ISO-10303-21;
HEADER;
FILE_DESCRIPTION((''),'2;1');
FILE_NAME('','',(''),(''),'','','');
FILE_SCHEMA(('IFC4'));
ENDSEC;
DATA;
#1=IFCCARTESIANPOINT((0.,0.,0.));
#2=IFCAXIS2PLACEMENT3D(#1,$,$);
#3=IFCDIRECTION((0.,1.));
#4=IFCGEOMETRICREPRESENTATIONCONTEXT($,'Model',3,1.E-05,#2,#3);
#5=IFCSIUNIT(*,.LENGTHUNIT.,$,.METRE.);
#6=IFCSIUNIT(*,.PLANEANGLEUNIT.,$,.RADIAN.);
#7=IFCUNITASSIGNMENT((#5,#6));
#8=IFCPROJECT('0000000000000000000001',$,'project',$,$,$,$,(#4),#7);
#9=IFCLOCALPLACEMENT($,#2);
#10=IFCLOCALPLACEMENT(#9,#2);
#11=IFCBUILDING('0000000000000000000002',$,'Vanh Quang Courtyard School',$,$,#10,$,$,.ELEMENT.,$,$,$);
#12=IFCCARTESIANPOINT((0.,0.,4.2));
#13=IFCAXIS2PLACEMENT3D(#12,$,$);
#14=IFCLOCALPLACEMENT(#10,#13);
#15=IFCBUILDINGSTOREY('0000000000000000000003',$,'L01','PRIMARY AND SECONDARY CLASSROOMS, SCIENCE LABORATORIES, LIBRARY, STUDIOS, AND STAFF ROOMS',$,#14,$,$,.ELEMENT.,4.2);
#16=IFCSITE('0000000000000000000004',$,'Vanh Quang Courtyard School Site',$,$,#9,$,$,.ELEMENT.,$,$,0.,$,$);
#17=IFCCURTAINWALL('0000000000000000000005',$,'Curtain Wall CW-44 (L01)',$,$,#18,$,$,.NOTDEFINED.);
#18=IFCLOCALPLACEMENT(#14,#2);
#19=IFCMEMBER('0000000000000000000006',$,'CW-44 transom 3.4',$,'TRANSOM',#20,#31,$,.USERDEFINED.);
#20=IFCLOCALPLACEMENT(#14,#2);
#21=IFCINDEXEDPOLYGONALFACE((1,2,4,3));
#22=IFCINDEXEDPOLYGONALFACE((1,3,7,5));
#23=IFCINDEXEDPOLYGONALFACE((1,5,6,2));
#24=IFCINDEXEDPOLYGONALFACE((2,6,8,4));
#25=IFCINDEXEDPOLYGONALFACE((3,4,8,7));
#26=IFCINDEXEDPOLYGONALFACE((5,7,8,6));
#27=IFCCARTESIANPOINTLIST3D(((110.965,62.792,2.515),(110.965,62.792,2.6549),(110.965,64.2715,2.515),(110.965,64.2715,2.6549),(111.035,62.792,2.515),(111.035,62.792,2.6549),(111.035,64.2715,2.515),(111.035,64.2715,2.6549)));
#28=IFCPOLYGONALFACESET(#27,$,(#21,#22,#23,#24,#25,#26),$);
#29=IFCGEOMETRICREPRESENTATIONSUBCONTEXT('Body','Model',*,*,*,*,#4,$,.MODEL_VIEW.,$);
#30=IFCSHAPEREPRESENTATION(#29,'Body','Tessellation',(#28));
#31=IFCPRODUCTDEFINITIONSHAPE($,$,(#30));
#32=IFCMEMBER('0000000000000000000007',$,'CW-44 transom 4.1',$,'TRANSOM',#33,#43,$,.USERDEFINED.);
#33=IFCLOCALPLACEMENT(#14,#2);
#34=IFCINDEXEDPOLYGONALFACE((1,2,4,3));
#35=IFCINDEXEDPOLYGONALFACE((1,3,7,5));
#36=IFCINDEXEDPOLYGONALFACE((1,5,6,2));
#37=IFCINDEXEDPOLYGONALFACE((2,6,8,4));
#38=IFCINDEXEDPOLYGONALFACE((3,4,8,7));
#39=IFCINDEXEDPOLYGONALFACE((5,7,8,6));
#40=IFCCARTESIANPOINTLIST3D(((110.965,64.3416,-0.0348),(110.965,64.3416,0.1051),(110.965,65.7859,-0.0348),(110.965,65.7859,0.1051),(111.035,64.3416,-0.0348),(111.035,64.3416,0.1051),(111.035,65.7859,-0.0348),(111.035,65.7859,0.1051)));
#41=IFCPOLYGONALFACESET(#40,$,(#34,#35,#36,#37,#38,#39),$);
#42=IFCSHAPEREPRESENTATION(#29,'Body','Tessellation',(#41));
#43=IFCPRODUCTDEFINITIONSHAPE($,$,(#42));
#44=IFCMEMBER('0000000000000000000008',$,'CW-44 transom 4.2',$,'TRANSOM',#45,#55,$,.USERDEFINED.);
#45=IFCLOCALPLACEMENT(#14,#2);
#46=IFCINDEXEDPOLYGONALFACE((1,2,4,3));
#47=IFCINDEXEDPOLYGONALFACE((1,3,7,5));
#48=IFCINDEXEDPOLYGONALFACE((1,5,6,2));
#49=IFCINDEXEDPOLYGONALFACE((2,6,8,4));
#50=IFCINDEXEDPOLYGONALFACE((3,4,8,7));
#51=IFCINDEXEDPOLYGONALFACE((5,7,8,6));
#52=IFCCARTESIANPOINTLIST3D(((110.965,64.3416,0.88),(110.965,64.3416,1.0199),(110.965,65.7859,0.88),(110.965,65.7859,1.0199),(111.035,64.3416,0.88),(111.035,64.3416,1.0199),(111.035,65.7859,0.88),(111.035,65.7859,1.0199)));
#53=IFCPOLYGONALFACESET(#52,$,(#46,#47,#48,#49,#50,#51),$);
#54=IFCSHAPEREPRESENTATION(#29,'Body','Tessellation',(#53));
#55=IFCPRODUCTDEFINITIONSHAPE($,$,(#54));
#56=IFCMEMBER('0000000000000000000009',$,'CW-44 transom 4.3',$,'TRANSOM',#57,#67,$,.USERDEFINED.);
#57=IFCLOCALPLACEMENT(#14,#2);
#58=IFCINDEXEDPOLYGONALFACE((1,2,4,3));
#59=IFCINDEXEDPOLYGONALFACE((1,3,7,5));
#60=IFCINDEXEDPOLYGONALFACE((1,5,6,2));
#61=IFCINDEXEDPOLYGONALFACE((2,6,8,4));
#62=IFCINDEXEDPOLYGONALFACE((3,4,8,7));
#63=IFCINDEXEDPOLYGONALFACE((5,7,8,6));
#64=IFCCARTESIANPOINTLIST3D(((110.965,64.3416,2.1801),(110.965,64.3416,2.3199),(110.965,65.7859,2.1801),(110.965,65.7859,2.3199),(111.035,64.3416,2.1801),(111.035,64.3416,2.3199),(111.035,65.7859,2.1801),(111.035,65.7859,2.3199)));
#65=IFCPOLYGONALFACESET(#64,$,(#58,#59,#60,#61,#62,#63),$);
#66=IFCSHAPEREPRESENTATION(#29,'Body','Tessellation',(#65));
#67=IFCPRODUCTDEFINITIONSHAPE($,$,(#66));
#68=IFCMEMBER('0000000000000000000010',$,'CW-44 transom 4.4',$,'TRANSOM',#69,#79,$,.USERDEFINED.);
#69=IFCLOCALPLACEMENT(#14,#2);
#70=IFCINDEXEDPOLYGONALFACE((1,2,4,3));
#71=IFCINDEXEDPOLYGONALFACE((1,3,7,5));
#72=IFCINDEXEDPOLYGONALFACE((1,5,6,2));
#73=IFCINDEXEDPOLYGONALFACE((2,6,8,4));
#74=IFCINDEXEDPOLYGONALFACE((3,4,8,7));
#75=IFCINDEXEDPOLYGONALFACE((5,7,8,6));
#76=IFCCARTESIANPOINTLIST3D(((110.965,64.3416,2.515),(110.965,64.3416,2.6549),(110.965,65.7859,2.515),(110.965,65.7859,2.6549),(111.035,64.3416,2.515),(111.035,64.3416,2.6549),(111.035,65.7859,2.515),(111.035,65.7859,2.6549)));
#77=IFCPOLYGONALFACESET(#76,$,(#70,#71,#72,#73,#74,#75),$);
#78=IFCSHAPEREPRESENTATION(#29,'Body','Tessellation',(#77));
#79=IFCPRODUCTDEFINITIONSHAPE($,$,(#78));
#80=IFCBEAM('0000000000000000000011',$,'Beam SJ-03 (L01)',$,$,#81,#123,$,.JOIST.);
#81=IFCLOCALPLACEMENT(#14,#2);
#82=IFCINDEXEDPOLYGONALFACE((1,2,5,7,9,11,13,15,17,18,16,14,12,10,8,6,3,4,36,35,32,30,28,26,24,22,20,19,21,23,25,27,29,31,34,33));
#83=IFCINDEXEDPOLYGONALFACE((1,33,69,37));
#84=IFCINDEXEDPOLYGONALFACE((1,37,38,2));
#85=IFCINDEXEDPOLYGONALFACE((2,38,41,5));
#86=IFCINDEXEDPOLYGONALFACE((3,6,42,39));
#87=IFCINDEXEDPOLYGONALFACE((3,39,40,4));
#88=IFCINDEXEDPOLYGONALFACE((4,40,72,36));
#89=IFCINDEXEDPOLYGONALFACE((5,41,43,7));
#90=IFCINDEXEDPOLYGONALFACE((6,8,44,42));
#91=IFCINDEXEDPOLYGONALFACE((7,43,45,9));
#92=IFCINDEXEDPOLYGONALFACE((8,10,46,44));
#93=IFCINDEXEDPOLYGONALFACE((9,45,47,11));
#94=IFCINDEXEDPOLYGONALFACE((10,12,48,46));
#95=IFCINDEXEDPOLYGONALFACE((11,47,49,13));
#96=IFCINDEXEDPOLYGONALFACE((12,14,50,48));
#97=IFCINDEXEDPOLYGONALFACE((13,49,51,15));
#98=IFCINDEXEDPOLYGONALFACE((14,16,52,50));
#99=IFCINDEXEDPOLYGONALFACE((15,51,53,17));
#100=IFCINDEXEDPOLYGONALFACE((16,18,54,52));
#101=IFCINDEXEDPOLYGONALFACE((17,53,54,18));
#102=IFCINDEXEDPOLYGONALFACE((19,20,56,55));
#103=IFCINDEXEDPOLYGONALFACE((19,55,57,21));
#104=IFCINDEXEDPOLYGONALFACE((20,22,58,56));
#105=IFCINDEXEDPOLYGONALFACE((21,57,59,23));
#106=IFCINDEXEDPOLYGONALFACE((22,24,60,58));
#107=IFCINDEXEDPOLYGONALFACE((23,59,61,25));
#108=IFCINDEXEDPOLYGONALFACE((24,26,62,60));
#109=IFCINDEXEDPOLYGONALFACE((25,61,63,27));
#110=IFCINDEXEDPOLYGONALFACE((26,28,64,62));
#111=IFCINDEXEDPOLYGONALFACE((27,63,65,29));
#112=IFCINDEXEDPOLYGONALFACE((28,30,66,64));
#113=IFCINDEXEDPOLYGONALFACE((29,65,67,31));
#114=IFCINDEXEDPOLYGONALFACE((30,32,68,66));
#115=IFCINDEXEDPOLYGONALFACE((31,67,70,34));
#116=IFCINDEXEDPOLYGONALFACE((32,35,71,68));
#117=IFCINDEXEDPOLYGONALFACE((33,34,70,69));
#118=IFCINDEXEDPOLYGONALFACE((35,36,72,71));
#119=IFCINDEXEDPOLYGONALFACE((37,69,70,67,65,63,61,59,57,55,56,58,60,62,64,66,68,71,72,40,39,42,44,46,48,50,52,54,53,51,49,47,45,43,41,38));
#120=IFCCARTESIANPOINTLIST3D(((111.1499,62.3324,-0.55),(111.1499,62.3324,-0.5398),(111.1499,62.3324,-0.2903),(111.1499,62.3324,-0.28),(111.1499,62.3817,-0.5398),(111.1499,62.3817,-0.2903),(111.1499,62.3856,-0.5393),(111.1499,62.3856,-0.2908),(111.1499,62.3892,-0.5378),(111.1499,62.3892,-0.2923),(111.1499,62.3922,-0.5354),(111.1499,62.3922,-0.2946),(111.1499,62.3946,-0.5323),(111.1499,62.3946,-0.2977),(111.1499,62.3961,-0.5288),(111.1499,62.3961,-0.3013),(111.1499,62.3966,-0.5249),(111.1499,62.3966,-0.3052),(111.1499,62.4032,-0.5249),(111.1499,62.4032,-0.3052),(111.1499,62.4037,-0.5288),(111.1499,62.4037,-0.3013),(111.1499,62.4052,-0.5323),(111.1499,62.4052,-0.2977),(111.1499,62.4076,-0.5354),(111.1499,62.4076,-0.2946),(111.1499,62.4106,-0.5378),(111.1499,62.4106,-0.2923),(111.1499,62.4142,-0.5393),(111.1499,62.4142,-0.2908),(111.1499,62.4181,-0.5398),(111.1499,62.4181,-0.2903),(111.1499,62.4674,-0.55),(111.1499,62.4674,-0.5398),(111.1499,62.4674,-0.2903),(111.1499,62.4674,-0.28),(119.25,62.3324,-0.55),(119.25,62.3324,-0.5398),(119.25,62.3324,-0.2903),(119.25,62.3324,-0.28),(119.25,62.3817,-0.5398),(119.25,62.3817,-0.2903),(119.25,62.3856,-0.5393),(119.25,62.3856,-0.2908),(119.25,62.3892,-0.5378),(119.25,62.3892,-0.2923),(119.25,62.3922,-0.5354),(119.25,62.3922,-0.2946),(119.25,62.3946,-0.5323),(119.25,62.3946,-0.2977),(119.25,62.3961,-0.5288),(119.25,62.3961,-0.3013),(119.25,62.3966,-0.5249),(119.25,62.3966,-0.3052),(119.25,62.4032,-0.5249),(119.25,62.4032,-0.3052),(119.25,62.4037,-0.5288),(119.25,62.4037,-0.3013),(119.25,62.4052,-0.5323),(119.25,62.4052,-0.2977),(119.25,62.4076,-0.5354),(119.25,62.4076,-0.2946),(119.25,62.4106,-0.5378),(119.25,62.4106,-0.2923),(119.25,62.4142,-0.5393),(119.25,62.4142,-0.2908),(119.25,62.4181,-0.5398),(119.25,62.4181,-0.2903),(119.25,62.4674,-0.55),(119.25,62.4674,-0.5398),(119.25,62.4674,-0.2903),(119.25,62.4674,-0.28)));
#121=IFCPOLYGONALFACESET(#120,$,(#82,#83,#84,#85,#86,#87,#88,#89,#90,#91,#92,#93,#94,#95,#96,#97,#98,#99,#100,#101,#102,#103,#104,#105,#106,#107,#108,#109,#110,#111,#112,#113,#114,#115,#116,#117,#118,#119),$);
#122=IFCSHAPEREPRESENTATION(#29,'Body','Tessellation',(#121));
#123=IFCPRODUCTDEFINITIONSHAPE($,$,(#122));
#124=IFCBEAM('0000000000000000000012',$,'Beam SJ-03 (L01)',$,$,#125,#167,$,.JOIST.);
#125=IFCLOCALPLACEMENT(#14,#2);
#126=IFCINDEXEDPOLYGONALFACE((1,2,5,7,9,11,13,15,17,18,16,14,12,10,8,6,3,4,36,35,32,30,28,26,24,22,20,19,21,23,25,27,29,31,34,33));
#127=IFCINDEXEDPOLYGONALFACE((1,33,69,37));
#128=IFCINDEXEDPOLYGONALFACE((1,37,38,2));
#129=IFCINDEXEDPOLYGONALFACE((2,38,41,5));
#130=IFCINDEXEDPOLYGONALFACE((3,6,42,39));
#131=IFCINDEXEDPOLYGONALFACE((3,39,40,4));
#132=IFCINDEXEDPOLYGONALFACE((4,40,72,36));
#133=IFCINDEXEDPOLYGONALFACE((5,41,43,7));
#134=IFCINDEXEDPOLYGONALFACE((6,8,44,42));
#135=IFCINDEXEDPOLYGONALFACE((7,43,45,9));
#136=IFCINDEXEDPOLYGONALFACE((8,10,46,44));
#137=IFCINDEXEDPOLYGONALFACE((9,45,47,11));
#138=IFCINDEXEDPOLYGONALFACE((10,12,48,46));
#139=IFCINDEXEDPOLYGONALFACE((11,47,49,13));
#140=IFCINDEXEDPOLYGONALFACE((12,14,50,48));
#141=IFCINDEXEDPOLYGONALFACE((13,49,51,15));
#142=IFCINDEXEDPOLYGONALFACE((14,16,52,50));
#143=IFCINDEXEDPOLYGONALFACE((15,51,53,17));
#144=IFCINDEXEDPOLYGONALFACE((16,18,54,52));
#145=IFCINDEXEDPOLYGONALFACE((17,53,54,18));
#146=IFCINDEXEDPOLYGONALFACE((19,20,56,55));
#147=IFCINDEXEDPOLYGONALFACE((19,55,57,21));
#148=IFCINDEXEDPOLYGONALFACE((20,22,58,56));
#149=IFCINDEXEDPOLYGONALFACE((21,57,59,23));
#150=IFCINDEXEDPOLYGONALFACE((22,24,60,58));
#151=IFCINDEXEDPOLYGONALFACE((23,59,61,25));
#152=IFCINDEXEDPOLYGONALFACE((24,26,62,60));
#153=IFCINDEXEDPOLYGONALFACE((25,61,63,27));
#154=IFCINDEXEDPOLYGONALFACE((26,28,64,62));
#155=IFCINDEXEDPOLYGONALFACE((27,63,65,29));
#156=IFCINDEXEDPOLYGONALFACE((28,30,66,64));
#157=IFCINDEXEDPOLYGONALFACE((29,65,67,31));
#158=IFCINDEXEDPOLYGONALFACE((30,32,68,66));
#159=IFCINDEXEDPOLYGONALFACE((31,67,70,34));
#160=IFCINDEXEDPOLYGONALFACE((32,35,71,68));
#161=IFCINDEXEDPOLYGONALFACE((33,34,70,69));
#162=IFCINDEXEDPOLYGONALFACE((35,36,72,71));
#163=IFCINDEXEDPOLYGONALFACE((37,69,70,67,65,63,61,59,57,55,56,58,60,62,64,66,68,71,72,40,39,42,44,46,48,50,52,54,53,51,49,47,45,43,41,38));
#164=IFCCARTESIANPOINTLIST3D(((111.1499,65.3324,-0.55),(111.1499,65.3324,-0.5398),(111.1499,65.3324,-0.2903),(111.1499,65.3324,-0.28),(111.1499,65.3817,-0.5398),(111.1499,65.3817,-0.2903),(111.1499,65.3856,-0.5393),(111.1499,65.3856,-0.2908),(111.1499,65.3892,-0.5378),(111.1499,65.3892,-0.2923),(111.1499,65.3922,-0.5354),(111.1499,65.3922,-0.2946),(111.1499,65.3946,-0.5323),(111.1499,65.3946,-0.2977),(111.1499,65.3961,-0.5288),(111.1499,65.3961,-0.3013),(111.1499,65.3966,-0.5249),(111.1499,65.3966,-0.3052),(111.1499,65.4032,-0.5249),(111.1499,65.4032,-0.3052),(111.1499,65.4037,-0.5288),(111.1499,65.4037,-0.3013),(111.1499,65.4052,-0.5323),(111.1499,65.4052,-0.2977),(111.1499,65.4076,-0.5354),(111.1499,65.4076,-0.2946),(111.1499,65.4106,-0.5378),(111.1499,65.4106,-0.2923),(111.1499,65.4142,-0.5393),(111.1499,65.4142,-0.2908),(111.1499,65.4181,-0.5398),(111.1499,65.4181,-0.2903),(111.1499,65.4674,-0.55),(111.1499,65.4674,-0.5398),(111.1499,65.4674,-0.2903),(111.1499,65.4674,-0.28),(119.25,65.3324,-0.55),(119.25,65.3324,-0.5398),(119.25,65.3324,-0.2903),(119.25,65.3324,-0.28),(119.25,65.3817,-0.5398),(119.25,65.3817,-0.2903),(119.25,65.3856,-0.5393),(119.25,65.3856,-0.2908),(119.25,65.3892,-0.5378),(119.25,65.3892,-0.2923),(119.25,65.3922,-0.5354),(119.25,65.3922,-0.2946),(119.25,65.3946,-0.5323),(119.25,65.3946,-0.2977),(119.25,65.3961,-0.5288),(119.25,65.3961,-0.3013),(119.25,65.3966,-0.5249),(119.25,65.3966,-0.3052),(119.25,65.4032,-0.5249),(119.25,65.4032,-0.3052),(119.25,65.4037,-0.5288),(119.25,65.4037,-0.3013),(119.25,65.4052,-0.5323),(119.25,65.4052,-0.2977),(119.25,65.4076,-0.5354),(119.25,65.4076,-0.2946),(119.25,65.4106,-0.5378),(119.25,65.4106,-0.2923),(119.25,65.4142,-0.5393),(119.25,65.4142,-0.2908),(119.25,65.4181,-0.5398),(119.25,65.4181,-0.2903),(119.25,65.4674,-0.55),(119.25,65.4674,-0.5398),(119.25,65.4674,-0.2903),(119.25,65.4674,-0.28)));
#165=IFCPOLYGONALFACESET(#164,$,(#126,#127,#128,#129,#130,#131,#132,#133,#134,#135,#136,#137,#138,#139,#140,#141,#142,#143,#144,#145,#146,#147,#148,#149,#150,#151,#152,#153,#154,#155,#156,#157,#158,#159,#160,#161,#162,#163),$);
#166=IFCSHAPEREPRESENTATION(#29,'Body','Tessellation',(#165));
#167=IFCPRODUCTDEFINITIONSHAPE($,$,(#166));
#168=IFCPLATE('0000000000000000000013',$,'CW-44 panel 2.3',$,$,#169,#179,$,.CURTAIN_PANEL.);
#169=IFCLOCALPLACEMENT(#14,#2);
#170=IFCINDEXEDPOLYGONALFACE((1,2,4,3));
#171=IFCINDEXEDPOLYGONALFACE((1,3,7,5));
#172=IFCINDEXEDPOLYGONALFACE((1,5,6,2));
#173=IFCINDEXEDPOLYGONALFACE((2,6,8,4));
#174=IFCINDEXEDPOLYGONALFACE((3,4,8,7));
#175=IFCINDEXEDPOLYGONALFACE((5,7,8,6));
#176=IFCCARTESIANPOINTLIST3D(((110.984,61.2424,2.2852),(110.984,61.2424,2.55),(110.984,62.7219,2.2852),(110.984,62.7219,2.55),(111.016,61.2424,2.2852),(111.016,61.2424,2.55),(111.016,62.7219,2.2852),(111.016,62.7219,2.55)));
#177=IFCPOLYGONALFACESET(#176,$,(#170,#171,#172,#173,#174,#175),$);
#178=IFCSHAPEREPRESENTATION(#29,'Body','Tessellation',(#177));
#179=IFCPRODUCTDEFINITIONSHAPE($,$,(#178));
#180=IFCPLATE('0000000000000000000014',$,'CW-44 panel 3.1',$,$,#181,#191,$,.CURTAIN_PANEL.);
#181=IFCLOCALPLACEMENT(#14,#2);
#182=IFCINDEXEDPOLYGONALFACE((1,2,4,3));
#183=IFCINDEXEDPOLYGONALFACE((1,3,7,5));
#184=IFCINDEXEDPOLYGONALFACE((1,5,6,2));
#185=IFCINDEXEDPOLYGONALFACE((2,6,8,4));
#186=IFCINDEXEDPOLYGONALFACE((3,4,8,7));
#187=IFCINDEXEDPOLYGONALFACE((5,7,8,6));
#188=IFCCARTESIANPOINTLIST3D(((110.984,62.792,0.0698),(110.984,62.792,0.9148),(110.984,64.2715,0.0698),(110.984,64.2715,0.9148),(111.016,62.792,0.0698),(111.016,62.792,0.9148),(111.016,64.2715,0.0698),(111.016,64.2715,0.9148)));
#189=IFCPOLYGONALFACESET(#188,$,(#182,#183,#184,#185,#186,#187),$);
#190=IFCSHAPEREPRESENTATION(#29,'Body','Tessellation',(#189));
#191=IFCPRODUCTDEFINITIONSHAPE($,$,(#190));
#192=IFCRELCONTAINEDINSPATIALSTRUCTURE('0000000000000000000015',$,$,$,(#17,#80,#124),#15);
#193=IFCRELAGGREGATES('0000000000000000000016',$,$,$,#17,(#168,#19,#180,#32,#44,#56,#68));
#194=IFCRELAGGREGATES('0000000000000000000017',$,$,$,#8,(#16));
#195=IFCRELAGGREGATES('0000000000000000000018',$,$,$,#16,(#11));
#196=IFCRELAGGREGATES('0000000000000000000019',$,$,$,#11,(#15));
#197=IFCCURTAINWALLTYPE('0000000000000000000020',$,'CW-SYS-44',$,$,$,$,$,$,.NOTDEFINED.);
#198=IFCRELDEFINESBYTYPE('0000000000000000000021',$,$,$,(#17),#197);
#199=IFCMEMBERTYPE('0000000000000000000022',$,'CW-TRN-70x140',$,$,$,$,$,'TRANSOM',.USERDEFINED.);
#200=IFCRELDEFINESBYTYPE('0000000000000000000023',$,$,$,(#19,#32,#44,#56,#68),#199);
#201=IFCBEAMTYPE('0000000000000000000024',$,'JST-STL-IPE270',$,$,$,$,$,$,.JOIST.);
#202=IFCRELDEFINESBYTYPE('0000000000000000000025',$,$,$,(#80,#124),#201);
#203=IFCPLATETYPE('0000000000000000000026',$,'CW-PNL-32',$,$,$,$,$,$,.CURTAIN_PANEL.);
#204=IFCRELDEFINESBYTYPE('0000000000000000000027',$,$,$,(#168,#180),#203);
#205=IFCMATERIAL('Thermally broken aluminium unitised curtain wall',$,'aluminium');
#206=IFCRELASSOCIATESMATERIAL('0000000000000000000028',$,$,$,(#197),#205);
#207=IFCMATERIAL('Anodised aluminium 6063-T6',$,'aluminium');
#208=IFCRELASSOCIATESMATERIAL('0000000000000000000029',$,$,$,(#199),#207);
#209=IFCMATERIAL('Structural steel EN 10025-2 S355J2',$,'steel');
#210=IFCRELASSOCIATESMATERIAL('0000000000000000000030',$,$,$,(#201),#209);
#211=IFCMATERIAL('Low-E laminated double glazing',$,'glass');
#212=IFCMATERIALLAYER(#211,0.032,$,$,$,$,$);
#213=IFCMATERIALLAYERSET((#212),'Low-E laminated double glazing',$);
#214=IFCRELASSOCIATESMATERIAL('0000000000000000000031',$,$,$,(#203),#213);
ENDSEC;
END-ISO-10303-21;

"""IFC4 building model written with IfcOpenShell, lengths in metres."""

from ifc_helpers import new_model, si_unit, direction, frame, origin, origin_2d, place, context, subcontext, project, spatial, rectangle, i_section, extrude, material, layer, layer_set, material_profile, profile_set, type_object, element, aggregate, save


model = new_model("IFC4")

# Units and contexts
model_context = context("Model", 3, precision=1e-05, world=origin(), true_north=direction((0.0, 1.0)))
body_context = subcontext(model_context, "Body", "Model", "MODEL_VIEW")
ifc_project = project(units=[si_unit("LENGTHUNIT", "METRE"), si_unit("PLANEANGLEUNIT", "RADIAN")], contexts=[model_context])

# Site, building, storey
site_placement = place(None, origin())
site = spatial("IfcSite", under=ifc_project, at=site_placement, Name="Vanh Quang Courtyard School Site", CompositionType="ELEMENT", RefElevation=0.0)
building_placement = place(site_placement, origin())
building = spatial("IfcBuilding", under=site, at=building_placement, Name="Vanh Quang Courtyard School", CompositionType="ELEMENT")
storey_placement = place(building_placement, frame((0.0, 0.0, 4.2)))
storey = spatial("IfcBuildingStorey", under=building, at=storey_placement, Name="L01", Description="PRIMARY AND SECONDARY CLASSROOMS, SCIENCE LABORATORIES, LIBRARY, STUDIOS, AND STAFF ROOMS", CompositionType="ELEMENT", Elevation=4.2)

# Curtain wall, members
ifc_material_1 = material(Name="Thermally broken aluminium unitised curtain wall", Category="aluminium")
curtain_wall_type = type_object("IfcCurtainWallType", Name="CW-SYS-44", PredefinedType="NOTDEFINED", material=ifc_material_1)
curtain_wall_placement = place(storey_placement, origin())
curtain_wall = element("IfcCurtainWall", 1, at=curtain_wall_placement, inside=storey, type_object=curtain_wall_type, Name="Curtain Wall CW-44 (L01)", PredefinedType="NOTDEFINED")
ifc_material_2 = material(Name="Anodised aluminium 6063-T6", Category="aluminium")
ifc_material_profile_1 = material_profile(ifc_material_2, rectangle(XDim=0.0701, YDim=0.1399, at=origin_2d()), Name="ALU-TRN 70x140")
ifc_profile_set_1 = profile_set([ifc_material_profile_1], Name="Anodised aluminium 6063-T6")
member_type_1 = type_object("IfcMemberType", Name="CW-TRN-70x140", ElementType="TRANSOM", PredefinedType="USERDEFINED", material=ifc_profile_set_1)
member_1_placement = place(storey_placement, frame((111.0, 62.792, 2.585), z_axis=(0.0, 1.0, 0.0), x_axis=(-1.0, 0.0, 0.0)))
member_1 = element("IfcMember", 2, at=member_1_placement, type_object=member_type_1, Name="CW-44 transom 3.4", ObjectType="TRANSOM", PredefinedType="USERDEFINED", context=body_context, shape_type="SweptSolid", body=[
    extrude(rectangle(XDim=0.0701, YDim=0.1399, at=origin_2d()), origin(), (0.0, 0.0, 1.0), 1.4795),
])
member_2_placement = place(storey_placement, frame((111.0, 64.3416, 0.0352), z_axis=(0.0, 1.0, 0.0), x_axis=(-1.0, 0.0, 0.0)))
member_2 = element("IfcMember", 3, at=member_2_placement, type_object=member_type_1, Name="CW-44 transom 4.1", ObjectType="TRANSOM", PredefinedType="USERDEFINED", context=body_context, shape_type="SweptSolid", body=[
    extrude(rectangle(XDim=0.0701, YDim=0.1399, at=origin_2d()), origin(), (0.0, 0.0, 1.0), 1.4443),
])
member_3_placement = place(storey_placement, frame((111.0, 64.3416, 0.95), z_axis=(0.0, 1.0, 0.0), x_axis=(-1.0, 0.0, 0.0)))
member_3 = element("IfcMember", 4, at=member_3_placement, type_object=member_type_1, Name="CW-44 transom 4.2", ObjectType="TRANSOM", PredefinedType="USERDEFINED", context=body_context, shape_type="SweptSolid", body=[
    extrude(rectangle(XDim=0.0701, YDim=0.1399, at=origin_2d()), origin(), (0.0, 0.0, 1.0), 1.4443),
])
member_4_placement = place(storey_placement, frame((111.0, 64.3416, 2.25), z_axis=(0.0, 1.0, 0.0), x_axis=(-1.0, 0.0, 0.0)))
member_4 = element("IfcMember", 5, at=member_4_placement, type_object=member_type_1, Name="CW-44 transom 4.3", ObjectType="TRANSOM", PredefinedType="USERDEFINED", context=body_context, shape_type="SweptSolid", body=[
    extrude(rectangle(XDim=0.0701, YDim=0.1399, at=origin_2d()), origin(), (0.0, 0.0, 1.0), 1.4443),
])
member_5_placement = place(storey_placement, frame((111.0, 64.3416, 2.585), z_axis=(0.0, 1.0, 0.0), x_axis=(-1.0, 0.0, 0.0)))
member_5 = element("IfcMember", 6, at=member_5_placement, type_object=member_type_1, Name="CW-44 transom 4.4", ObjectType="TRANSOM", PredefinedType="USERDEFINED", context=body_context, shape_type="SweptSolid", body=[
    extrude(rectangle(XDim=0.0701, YDim=0.1399, at=origin_2d()), origin(), (0.0, 0.0, 1.0), 1.4443),
])

# Beams
ifc_material_3 = material(Name="Structural steel EN 10025-2 S355J2", Category="steel")
ifc_material_profile_2 = material_profile(ifc_material_3, i_section(OverallWidth=0.135, OverallDepth=0.27, WebThickness=0.0066, FlangeThickness=0.0103, FilletRadius=0.0149, at=origin_2d()), Name="IPE 270")
ifc_profile_set_2 = profile_set([ifc_material_profile_2], Name="Structural steel EN 10025-2 S355J2")
beam_type_1 = type_object("IfcBeamType", Name="JST-STL-IPE270", PredefinedType="JOIST", material=ifc_profile_set_2)
for number, where, z_axis, x_axis, name in (
    (7, (111.1499, 62.3999, -0.415), (1.0, 0.0, 0.0), (0.0, 1.0, 0.0), "Beam SJ-03 (L01)"),
    (8, (111.1499, 65.3999, -0.415), (1.0, 0.0, 0.0), (0.0, 1.0, 0.0), "Beam SJ-03 (L01)"),
):
    element("IfcBeam", number, at=place(storey_placement, frame(where, z_axis=z_axis, x_axis=x_axis)), inside=storey, type_object=beam_type_1, Name=name, PredefinedType="JOIST", context=body_context, shape_type="SweptSolid", body=[
        extrude(i_section(OverallWidth=0.135, OverallDepth=0.27, WebThickness=0.0066, FlangeThickness=0.0103, FilletRadius=0.0149, at=origin_2d()), origin(), (0.0, 0.0, 1.0), 8.1001),
    ])

# Plates
ifc_material_4 = material(Name="Low-E laminated double glazing", Category="glass")
ifc_layer_1 = layer(ifc_material_4, 0.032)
ifc_layer_set_1 = layer_set([ifc_layer_1], Name="Low-E laminated double glazing")
plate_type = type_object("IfcPlateType", Name="CW-PNL-32", PredefinedType="CURTAIN_PANEL", material=ifc_layer_set_1)
plate_1_placement = place(storey_placement, frame((111.0, 61.9822, 2.2852), z_axis=(0.0, 0.0, 1.0), x_axis=(0.0, 1.0, 0.0)))
plate_1 = element("IfcPlate", 9, at=plate_1_placement, type_object=plate_type, Name="CW-44 panel 2.3", PredefinedType="CURTAIN_PANEL", context=body_context, shape_type="SweptSolid", body=[
    extrude(rectangle(XDim=1.4795, YDim=0.032, at=origin_2d()), origin(), (0.0, 0.0, 1.0), 0.2649),
])
plate_2_placement = place(storey_placement, frame((111.0, 63.5317, 0.0698), z_axis=(0.0, 0.0, 1.0), x_axis=(0.0, 1.0, 0.0)))
plate_2 = element("IfcPlate", 10, at=plate_2_placement, type_object=plate_type, Name="CW-44 panel 3.1", PredefinedType="CURTAIN_PANEL", context=body_context, shape_type="SweptSolid", body=[
    extrude(rectangle(XDim=1.4795, YDim=0.032, at=origin_2d()), origin(), (0.0, 0.0, 1.0), 0.845),
])
aggregate(curtain_wall, [plate_1, member_1, plate_2, member_2, member_3, member_4, member_5])

save(model, "model.ifc")
